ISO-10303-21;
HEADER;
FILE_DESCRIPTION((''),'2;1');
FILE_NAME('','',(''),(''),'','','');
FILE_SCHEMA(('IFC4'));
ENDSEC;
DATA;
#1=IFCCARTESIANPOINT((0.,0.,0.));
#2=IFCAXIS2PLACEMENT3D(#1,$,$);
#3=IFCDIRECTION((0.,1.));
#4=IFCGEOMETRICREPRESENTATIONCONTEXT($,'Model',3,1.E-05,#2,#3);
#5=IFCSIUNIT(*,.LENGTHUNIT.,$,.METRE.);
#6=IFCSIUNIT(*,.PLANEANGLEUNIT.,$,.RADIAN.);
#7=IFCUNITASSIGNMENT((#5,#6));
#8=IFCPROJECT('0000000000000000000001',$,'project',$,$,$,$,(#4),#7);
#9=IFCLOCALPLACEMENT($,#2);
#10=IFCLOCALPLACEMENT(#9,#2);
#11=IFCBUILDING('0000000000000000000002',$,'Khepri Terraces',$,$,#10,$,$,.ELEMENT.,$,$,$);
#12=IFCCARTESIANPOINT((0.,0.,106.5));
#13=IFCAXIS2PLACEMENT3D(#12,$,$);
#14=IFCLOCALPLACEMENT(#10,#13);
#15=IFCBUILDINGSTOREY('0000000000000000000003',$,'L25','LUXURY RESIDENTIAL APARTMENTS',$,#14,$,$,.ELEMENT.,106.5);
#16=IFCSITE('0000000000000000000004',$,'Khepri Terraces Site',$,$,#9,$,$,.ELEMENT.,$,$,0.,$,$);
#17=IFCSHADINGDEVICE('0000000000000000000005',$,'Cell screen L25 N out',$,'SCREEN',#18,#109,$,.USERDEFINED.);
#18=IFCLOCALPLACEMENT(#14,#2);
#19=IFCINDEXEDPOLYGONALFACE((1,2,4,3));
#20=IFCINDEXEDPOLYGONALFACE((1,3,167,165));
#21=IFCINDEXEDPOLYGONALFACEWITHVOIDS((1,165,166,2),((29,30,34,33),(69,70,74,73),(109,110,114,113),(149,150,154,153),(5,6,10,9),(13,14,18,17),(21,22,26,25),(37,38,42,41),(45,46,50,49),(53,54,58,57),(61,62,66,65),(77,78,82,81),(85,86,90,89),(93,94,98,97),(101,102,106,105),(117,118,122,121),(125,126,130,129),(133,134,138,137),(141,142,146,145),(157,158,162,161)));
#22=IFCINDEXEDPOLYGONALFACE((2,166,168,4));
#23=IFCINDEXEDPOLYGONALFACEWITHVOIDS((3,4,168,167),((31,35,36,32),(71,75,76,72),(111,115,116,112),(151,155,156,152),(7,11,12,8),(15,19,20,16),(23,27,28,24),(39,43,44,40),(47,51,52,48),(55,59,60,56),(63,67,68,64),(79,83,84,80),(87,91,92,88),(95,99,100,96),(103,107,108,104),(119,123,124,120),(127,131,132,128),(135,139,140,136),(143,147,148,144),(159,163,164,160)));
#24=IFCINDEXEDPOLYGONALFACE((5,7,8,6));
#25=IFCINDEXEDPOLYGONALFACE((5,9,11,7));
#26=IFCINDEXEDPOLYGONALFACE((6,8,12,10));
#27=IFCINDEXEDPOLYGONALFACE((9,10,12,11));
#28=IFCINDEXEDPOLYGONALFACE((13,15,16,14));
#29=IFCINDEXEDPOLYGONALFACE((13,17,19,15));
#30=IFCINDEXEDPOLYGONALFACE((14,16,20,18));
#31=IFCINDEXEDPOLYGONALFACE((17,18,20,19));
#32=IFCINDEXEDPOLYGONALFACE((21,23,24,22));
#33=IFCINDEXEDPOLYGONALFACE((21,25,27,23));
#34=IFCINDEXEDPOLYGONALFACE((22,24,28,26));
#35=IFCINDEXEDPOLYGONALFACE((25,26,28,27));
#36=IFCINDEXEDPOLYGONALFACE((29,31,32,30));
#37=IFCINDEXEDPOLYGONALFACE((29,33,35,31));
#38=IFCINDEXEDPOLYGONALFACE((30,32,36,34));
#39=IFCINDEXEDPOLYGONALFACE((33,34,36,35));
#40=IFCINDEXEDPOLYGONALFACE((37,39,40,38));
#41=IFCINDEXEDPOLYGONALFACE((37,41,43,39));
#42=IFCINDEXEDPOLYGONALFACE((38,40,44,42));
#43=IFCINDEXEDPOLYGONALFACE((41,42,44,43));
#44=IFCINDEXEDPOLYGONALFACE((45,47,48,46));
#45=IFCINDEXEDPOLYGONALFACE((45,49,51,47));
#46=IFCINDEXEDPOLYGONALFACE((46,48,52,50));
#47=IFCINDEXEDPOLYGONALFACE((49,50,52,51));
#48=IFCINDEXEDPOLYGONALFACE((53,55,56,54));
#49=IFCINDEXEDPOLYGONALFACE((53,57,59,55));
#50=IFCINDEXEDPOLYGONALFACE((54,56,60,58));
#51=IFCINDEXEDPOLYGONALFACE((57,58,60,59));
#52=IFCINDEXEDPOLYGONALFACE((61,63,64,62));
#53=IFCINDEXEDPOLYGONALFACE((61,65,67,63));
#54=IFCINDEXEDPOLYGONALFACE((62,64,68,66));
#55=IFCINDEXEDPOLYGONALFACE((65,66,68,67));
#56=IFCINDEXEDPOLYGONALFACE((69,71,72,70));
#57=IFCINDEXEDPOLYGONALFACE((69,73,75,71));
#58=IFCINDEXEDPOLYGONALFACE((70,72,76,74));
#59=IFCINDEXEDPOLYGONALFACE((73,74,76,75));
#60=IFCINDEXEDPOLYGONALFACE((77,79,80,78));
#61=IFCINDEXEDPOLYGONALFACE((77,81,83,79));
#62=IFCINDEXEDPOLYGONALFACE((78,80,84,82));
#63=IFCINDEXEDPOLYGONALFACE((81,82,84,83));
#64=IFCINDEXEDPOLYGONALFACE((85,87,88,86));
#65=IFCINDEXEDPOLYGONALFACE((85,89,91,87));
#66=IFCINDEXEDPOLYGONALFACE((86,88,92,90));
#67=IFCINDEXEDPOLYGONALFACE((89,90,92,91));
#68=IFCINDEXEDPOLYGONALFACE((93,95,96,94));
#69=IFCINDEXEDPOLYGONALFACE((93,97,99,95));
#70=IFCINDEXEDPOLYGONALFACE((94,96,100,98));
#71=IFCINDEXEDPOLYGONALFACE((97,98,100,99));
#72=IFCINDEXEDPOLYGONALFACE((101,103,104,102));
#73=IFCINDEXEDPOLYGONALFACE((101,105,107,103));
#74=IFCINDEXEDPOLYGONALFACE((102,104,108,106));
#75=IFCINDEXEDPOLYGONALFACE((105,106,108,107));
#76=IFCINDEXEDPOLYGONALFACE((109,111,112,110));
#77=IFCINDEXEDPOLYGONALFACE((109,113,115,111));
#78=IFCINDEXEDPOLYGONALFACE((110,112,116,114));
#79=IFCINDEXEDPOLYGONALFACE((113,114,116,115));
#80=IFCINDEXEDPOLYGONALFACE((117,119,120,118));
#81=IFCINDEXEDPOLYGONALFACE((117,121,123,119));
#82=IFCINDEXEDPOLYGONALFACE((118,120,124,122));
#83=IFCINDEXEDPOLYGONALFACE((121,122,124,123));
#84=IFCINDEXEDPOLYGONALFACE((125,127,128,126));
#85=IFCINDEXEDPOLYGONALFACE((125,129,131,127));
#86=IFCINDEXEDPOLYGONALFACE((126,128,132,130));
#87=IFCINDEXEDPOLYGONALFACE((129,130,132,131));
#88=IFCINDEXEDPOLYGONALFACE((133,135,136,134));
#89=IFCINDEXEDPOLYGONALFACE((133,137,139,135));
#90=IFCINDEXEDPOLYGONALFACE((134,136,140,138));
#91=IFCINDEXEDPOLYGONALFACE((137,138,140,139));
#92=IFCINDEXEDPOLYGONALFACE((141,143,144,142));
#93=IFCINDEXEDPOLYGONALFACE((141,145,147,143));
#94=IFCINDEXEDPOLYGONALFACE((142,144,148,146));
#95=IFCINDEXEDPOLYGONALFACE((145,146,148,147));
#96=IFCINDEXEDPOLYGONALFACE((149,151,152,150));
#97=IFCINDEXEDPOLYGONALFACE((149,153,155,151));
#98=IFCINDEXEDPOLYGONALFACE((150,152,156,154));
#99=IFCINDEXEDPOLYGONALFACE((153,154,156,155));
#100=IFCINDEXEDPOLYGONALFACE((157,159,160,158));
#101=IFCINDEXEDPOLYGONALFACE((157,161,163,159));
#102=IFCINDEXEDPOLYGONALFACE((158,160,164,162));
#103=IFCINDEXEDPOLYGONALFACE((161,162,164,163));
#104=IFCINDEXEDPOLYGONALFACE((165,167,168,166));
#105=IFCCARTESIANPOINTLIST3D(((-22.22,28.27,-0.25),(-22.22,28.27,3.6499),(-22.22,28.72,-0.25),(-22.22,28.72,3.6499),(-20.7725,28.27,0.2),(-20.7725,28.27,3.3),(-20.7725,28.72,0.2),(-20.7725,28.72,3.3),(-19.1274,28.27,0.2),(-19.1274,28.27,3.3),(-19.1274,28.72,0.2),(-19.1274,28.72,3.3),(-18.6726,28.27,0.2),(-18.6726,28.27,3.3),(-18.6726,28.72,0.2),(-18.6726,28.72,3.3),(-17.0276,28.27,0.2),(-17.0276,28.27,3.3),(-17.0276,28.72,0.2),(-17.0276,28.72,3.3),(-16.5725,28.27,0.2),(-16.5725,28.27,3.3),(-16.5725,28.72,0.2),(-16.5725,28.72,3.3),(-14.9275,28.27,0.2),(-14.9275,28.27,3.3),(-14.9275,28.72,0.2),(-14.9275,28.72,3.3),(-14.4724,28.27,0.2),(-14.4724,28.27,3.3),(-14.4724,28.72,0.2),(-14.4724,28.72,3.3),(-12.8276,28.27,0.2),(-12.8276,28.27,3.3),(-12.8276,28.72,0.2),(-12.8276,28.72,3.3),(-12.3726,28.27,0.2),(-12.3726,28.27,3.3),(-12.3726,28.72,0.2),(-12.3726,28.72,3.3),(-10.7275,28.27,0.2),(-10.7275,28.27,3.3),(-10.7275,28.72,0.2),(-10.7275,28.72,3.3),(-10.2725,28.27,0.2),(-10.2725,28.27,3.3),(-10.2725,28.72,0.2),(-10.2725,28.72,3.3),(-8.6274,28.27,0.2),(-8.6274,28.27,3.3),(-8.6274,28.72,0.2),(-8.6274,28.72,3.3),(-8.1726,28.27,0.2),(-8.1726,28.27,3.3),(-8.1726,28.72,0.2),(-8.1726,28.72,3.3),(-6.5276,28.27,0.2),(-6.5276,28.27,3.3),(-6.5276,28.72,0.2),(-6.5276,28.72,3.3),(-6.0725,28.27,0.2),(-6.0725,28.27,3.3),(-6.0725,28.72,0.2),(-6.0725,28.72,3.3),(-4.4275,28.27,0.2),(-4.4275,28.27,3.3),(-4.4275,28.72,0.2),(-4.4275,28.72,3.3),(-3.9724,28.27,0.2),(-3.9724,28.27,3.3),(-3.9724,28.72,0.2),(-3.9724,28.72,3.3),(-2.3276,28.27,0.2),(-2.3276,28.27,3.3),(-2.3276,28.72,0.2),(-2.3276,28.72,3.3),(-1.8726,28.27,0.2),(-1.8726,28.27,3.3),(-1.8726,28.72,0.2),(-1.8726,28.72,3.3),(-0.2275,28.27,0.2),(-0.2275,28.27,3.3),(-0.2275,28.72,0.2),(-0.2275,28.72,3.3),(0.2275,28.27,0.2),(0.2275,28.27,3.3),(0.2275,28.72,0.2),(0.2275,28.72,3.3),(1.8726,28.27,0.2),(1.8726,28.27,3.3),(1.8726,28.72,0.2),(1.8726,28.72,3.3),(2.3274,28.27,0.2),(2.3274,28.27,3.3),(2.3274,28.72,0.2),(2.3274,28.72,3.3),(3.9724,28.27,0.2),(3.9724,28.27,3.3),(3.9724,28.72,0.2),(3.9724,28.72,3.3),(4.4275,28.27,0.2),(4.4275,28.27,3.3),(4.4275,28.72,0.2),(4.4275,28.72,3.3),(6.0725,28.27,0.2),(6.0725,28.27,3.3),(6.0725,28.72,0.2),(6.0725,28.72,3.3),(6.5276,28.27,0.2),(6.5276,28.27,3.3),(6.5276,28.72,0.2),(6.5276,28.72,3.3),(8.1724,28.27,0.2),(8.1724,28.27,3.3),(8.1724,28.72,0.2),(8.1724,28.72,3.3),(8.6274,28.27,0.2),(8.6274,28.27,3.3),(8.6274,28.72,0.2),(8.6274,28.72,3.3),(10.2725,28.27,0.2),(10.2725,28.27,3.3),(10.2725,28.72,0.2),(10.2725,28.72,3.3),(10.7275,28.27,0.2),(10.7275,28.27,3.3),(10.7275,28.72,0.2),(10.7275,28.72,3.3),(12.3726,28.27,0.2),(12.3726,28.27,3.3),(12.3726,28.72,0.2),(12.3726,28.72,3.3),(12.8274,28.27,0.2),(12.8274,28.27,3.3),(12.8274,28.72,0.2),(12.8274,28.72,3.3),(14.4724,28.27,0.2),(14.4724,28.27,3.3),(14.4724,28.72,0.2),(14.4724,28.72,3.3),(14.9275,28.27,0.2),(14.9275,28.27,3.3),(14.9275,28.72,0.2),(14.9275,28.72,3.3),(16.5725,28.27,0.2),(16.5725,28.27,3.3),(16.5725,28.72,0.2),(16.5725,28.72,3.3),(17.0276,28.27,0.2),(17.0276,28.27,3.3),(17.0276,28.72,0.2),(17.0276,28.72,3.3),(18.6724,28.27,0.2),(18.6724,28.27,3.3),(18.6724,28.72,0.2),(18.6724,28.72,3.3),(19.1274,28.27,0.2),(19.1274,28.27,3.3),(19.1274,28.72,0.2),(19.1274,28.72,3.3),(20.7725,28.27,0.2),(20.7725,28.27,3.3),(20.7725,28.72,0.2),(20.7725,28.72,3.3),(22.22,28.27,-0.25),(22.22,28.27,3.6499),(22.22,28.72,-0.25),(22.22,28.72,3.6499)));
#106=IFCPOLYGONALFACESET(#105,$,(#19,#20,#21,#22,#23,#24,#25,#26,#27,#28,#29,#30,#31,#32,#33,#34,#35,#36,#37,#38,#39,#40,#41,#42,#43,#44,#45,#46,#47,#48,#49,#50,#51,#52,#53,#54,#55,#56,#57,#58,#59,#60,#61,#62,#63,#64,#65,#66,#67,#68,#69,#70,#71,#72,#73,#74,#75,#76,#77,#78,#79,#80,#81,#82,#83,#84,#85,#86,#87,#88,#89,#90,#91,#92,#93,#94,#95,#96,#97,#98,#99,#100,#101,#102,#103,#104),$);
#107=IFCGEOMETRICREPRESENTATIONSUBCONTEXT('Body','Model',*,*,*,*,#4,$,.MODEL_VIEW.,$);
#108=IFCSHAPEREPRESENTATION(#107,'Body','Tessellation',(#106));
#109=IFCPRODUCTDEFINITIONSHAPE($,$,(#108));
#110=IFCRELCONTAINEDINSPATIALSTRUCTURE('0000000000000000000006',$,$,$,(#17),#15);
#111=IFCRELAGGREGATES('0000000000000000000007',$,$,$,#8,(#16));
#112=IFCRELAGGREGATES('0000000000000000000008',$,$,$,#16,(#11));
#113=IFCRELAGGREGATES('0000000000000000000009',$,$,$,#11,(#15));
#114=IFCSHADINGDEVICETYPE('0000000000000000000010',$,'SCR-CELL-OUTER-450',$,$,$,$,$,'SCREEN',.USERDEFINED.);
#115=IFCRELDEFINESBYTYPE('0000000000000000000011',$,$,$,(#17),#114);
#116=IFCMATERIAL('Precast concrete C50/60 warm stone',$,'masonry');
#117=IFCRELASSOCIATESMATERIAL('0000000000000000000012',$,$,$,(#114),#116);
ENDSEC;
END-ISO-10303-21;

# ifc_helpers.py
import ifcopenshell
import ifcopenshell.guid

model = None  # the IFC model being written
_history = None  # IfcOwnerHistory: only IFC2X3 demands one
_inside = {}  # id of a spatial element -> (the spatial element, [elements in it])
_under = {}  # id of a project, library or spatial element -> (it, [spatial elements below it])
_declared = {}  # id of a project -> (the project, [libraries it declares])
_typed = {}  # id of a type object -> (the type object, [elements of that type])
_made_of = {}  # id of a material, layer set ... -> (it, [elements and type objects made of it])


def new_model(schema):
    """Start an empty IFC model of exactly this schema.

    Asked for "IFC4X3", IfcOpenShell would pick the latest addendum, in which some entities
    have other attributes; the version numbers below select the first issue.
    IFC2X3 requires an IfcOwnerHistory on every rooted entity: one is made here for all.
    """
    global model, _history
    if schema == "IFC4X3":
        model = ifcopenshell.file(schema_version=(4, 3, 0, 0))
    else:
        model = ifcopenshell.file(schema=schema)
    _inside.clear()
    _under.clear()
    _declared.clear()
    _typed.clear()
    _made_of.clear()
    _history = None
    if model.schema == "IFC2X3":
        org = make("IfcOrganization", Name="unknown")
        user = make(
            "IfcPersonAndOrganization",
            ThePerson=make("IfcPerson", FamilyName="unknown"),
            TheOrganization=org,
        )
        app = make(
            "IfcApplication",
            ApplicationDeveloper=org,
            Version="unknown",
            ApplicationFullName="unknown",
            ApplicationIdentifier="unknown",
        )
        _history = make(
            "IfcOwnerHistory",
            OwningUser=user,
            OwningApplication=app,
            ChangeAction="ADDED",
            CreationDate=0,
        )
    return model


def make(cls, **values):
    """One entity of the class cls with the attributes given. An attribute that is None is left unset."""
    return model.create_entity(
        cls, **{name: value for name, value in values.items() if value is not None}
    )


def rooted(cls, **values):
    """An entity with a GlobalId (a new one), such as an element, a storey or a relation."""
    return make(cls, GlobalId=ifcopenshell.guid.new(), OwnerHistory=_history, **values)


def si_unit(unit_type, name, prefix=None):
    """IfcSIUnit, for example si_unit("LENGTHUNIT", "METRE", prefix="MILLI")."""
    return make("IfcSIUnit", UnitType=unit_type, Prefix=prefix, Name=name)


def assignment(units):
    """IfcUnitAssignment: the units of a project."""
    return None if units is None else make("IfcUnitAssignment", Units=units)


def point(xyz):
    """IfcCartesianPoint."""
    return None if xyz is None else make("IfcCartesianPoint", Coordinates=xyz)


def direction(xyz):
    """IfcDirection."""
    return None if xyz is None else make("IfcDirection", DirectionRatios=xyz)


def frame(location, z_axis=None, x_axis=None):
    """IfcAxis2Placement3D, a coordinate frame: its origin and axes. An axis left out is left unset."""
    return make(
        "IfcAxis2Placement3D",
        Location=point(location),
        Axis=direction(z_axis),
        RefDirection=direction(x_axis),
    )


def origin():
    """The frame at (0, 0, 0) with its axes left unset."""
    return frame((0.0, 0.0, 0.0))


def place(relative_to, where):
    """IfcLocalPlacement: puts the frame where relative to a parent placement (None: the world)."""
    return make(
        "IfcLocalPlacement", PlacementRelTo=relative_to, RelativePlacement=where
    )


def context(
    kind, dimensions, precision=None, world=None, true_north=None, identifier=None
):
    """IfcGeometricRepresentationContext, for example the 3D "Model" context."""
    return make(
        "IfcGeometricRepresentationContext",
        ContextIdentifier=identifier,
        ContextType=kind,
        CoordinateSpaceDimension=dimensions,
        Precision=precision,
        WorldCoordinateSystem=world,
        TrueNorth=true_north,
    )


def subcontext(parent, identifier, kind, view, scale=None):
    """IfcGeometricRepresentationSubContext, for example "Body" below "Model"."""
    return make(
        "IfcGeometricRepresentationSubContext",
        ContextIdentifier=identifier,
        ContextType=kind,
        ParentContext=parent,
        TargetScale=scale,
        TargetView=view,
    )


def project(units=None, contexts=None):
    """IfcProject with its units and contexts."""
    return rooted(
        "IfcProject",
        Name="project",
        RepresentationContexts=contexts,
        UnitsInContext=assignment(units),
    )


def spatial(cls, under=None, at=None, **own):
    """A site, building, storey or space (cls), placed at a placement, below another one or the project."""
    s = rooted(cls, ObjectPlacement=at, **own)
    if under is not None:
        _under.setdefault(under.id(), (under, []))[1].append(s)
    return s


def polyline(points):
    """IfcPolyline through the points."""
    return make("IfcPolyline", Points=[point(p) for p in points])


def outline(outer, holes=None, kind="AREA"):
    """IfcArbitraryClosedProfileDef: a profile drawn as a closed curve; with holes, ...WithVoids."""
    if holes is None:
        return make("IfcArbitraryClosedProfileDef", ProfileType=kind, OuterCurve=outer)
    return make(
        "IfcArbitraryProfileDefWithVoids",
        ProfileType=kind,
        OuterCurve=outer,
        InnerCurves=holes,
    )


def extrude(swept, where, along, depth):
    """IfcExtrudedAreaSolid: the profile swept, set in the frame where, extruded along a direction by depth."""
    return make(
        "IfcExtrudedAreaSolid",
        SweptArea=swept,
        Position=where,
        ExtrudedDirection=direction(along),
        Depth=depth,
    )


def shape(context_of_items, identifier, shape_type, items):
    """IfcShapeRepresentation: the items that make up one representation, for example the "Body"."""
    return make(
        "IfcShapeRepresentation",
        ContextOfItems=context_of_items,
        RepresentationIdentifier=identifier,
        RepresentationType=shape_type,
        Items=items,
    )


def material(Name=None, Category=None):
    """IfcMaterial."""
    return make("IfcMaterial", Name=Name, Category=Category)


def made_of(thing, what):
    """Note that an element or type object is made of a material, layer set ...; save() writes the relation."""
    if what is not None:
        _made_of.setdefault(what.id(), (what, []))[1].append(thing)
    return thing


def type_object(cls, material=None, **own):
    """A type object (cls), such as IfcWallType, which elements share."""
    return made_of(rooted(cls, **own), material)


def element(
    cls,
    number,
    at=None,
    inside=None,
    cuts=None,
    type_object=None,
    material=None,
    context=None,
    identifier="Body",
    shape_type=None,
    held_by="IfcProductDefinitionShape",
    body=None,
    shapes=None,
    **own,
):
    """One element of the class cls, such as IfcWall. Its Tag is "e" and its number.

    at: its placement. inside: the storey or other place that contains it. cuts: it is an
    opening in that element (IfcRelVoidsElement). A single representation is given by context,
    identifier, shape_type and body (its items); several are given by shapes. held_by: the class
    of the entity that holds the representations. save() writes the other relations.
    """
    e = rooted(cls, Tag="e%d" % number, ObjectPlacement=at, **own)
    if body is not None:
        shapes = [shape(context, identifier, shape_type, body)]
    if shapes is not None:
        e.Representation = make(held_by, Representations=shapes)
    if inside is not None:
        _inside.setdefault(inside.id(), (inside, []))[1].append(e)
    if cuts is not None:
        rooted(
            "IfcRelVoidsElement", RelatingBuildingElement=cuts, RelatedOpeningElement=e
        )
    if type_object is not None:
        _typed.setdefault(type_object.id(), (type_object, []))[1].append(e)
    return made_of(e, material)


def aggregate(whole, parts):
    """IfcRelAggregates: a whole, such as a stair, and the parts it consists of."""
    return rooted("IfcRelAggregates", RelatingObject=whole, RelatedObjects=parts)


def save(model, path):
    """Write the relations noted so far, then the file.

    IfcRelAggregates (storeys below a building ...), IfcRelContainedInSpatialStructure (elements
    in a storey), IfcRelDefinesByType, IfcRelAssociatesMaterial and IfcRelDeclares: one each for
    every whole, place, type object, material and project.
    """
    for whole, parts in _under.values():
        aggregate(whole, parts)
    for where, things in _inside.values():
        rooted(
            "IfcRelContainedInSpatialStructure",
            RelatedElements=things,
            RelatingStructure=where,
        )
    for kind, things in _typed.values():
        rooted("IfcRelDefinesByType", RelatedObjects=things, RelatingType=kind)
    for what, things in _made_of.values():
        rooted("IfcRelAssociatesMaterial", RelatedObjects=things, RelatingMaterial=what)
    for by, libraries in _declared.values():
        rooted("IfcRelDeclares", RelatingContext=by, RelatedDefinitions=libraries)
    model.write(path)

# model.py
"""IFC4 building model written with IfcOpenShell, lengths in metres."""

from ifc_helpers import new_model, si_unit, direction, frame, origin, place, context, subcontext, project, spatial, polyline, outline, extrude, material, type_object, element, save


model = new_model("IFC4")

# Units and contexts
model_context = context("Model", 3, precision=1e-05, world=origin(), true_north=direction((0.0, 1.0)))
body_context = subcontext(model_context, "Body", "Model", "MODEL_VIEW")
ifc_project = project(units=[si_unit("LENGTHUNIT", "METRE"), si_unit("PLANEANGLEUNIT", "RADIAN")], contexts=[model_context])

# Site, building, storey
site_placement = place(None, origin())
site = spatial("IfcSite", under=ifc_project, at=site_placement, Name="Khepri Terraces Site", CompositionType="ELEMENT", RefElevation=0.0)
building_placement = place(site_placement, origin())
building = spatial("IfcBuilding", under=site, at=building_placement, Name="Khepri Terraces", CompositionType="ELEMENT")
storey_placement = place(building_placement, frame((0.0, 0.0, 106.5)))
storey = spatial("IfcBuildingStorey", under=building, at=storey_placement, Name="L25", Description="LUXURY RESIDENTIAL APARTMENTS", CompositionType="ELEMENT", Elevation=106.5)

# Shared definitions
ifc_material_1 = material(Name="Precast concrete C50/60 warm stone", Category="masonry")

# Shading device
shading_device_type_1 = type_object("IfcShadingDeviceType", Name="SCR-CELL-OUTER-450", ElementType="SCREEN", PredefinedType="USERDEFINED", material=ifc_material_1)
shading_device_1_placement = place(storey_placement, frame((22.22, 28.27, -0.25), z_axis=(0.0, 1.0, 0.0), x_axis=(-1.0, 0.0, 0.0)))
element("IfcShadingDevice", 1, at=shading_device_1_placement, inside=storey, type_object=shading_device_type_1, Name="Cell screen L25 N out", ObjectType="SCREEN", PredefinedType="USERDEFINED", context=body_context, shape_type="SweptSolid", body=[
    extrude(outline(polyline([(0.0, 0.0), (44.4399, 0.0), (44.4399, 3.8999), (0.0, 3.8999), (0.0, 0.0)]), holes=[polyline([(1.4475, 0.45), (3.0925, 0.45), (3.0925, 3.55), (1.4475, 3.55), (1.4475, 0.45)]), polyline([(3.5476, 0.45), (5.1924, 0.45), (5.1924, 3.55), (3.5476, 3.55), (3.5476, 0.45)]), polyline([(5.6475, 0.45), (7.2925, 0.45), (7.2925, 3.55), (5.6475, 3.55), (5.6475, 0.45)]), polyline([(7.7476, 0.45), (9.3926, 0.45), (9.3926, 3.55), (7.7476, 3.55), (7.7476, 0.45)]), polyline([(9.8474, 0.45), (11.4924, 0.45), (11.4924, 3.55), (9.8474, 3.55), (9.8474, 0.45)]), polyline([(11.9475, 0.45), (13.5925, 0.45), (13.5925, 3.55), (11.9475, 3.55), (11.9475, 0.45)]), polyline([(14.0476, 0.45), (15.6924, 0.45), (15.6924, 3.55), (14.0476, 3.55), (14.0476, 0.45)]), polyline([(16.1475, 0.45), (17.7925, 0.45), (17.7925, 3.55), (16.1475, 3.55), (16.1475, 0.45)]), polyline([(18.2476, 0.45), (19.8926, 0.45), (19.8926, 3.55), (18.2476, 3.55), (18.2476, 0.45)]), polyline([(20.3474, 0.45), (21.9924, 0.45), (21.9924, 3.55), (20.3474, 3.55), (20.3474, 0.45)]), polyline([(22.4475, 0.45), (24.0925, 0.45), (24.0925, 3.55), (22.4475, 3.55), (22.4475, 0.45)]), polyline([(24.5476, 0.45), (26.1924, 0.45), (26.1924, 3.55), (24.5476, 3.55), (24.5476, 0.45)]), polyline([(26.6475, 0.45), (28.2925, 0.45), (28.2925, 3.55), (26.6475, 3.55), (26.6475, 0.45)]), polyline([(28.7476, 0.45), (30.3926, 0.45), (30.3926, 3.55), (28.7476, 3.55), (28.7476, 0.45)]), polyline([(30.8474, 0.45), (32.4924, 0.45), (32.4924, 3.55), (30.8474, 3.55), (30.8474, 0.45)]), polyline([(32.9475, 0.45), (34.5925, 0.45), (34.5925, 3.55), (32.9475, 3.55), (32.9475, 0.45)]), polyline([(35.0476, 0.45), (36.6924, 0.45), (36.6924, 3.55), (35.0476, 3.55), (35.0476, 0.45)]), polyline([(37.1475, 0.45), (38.7925, 0.45), (38.7925, 3.55), (37.1475, 3.55), (37.1475, 0.45)]), polyline([(39.2476, 0.45), (40.8926, 0.45), (40.8926, 3.55), (39.2476, 3.55), (39.2476, 0.45)]), polyline([(41.3474, 0.45), (42.9924, 0.45), (42.9924, 3.55), (41.3474, 3.55), (41.3474, 0.45)])]), origin(), (0.0, 0.0, 1.0), 0.45),
])

save(model, "model.ifc")
